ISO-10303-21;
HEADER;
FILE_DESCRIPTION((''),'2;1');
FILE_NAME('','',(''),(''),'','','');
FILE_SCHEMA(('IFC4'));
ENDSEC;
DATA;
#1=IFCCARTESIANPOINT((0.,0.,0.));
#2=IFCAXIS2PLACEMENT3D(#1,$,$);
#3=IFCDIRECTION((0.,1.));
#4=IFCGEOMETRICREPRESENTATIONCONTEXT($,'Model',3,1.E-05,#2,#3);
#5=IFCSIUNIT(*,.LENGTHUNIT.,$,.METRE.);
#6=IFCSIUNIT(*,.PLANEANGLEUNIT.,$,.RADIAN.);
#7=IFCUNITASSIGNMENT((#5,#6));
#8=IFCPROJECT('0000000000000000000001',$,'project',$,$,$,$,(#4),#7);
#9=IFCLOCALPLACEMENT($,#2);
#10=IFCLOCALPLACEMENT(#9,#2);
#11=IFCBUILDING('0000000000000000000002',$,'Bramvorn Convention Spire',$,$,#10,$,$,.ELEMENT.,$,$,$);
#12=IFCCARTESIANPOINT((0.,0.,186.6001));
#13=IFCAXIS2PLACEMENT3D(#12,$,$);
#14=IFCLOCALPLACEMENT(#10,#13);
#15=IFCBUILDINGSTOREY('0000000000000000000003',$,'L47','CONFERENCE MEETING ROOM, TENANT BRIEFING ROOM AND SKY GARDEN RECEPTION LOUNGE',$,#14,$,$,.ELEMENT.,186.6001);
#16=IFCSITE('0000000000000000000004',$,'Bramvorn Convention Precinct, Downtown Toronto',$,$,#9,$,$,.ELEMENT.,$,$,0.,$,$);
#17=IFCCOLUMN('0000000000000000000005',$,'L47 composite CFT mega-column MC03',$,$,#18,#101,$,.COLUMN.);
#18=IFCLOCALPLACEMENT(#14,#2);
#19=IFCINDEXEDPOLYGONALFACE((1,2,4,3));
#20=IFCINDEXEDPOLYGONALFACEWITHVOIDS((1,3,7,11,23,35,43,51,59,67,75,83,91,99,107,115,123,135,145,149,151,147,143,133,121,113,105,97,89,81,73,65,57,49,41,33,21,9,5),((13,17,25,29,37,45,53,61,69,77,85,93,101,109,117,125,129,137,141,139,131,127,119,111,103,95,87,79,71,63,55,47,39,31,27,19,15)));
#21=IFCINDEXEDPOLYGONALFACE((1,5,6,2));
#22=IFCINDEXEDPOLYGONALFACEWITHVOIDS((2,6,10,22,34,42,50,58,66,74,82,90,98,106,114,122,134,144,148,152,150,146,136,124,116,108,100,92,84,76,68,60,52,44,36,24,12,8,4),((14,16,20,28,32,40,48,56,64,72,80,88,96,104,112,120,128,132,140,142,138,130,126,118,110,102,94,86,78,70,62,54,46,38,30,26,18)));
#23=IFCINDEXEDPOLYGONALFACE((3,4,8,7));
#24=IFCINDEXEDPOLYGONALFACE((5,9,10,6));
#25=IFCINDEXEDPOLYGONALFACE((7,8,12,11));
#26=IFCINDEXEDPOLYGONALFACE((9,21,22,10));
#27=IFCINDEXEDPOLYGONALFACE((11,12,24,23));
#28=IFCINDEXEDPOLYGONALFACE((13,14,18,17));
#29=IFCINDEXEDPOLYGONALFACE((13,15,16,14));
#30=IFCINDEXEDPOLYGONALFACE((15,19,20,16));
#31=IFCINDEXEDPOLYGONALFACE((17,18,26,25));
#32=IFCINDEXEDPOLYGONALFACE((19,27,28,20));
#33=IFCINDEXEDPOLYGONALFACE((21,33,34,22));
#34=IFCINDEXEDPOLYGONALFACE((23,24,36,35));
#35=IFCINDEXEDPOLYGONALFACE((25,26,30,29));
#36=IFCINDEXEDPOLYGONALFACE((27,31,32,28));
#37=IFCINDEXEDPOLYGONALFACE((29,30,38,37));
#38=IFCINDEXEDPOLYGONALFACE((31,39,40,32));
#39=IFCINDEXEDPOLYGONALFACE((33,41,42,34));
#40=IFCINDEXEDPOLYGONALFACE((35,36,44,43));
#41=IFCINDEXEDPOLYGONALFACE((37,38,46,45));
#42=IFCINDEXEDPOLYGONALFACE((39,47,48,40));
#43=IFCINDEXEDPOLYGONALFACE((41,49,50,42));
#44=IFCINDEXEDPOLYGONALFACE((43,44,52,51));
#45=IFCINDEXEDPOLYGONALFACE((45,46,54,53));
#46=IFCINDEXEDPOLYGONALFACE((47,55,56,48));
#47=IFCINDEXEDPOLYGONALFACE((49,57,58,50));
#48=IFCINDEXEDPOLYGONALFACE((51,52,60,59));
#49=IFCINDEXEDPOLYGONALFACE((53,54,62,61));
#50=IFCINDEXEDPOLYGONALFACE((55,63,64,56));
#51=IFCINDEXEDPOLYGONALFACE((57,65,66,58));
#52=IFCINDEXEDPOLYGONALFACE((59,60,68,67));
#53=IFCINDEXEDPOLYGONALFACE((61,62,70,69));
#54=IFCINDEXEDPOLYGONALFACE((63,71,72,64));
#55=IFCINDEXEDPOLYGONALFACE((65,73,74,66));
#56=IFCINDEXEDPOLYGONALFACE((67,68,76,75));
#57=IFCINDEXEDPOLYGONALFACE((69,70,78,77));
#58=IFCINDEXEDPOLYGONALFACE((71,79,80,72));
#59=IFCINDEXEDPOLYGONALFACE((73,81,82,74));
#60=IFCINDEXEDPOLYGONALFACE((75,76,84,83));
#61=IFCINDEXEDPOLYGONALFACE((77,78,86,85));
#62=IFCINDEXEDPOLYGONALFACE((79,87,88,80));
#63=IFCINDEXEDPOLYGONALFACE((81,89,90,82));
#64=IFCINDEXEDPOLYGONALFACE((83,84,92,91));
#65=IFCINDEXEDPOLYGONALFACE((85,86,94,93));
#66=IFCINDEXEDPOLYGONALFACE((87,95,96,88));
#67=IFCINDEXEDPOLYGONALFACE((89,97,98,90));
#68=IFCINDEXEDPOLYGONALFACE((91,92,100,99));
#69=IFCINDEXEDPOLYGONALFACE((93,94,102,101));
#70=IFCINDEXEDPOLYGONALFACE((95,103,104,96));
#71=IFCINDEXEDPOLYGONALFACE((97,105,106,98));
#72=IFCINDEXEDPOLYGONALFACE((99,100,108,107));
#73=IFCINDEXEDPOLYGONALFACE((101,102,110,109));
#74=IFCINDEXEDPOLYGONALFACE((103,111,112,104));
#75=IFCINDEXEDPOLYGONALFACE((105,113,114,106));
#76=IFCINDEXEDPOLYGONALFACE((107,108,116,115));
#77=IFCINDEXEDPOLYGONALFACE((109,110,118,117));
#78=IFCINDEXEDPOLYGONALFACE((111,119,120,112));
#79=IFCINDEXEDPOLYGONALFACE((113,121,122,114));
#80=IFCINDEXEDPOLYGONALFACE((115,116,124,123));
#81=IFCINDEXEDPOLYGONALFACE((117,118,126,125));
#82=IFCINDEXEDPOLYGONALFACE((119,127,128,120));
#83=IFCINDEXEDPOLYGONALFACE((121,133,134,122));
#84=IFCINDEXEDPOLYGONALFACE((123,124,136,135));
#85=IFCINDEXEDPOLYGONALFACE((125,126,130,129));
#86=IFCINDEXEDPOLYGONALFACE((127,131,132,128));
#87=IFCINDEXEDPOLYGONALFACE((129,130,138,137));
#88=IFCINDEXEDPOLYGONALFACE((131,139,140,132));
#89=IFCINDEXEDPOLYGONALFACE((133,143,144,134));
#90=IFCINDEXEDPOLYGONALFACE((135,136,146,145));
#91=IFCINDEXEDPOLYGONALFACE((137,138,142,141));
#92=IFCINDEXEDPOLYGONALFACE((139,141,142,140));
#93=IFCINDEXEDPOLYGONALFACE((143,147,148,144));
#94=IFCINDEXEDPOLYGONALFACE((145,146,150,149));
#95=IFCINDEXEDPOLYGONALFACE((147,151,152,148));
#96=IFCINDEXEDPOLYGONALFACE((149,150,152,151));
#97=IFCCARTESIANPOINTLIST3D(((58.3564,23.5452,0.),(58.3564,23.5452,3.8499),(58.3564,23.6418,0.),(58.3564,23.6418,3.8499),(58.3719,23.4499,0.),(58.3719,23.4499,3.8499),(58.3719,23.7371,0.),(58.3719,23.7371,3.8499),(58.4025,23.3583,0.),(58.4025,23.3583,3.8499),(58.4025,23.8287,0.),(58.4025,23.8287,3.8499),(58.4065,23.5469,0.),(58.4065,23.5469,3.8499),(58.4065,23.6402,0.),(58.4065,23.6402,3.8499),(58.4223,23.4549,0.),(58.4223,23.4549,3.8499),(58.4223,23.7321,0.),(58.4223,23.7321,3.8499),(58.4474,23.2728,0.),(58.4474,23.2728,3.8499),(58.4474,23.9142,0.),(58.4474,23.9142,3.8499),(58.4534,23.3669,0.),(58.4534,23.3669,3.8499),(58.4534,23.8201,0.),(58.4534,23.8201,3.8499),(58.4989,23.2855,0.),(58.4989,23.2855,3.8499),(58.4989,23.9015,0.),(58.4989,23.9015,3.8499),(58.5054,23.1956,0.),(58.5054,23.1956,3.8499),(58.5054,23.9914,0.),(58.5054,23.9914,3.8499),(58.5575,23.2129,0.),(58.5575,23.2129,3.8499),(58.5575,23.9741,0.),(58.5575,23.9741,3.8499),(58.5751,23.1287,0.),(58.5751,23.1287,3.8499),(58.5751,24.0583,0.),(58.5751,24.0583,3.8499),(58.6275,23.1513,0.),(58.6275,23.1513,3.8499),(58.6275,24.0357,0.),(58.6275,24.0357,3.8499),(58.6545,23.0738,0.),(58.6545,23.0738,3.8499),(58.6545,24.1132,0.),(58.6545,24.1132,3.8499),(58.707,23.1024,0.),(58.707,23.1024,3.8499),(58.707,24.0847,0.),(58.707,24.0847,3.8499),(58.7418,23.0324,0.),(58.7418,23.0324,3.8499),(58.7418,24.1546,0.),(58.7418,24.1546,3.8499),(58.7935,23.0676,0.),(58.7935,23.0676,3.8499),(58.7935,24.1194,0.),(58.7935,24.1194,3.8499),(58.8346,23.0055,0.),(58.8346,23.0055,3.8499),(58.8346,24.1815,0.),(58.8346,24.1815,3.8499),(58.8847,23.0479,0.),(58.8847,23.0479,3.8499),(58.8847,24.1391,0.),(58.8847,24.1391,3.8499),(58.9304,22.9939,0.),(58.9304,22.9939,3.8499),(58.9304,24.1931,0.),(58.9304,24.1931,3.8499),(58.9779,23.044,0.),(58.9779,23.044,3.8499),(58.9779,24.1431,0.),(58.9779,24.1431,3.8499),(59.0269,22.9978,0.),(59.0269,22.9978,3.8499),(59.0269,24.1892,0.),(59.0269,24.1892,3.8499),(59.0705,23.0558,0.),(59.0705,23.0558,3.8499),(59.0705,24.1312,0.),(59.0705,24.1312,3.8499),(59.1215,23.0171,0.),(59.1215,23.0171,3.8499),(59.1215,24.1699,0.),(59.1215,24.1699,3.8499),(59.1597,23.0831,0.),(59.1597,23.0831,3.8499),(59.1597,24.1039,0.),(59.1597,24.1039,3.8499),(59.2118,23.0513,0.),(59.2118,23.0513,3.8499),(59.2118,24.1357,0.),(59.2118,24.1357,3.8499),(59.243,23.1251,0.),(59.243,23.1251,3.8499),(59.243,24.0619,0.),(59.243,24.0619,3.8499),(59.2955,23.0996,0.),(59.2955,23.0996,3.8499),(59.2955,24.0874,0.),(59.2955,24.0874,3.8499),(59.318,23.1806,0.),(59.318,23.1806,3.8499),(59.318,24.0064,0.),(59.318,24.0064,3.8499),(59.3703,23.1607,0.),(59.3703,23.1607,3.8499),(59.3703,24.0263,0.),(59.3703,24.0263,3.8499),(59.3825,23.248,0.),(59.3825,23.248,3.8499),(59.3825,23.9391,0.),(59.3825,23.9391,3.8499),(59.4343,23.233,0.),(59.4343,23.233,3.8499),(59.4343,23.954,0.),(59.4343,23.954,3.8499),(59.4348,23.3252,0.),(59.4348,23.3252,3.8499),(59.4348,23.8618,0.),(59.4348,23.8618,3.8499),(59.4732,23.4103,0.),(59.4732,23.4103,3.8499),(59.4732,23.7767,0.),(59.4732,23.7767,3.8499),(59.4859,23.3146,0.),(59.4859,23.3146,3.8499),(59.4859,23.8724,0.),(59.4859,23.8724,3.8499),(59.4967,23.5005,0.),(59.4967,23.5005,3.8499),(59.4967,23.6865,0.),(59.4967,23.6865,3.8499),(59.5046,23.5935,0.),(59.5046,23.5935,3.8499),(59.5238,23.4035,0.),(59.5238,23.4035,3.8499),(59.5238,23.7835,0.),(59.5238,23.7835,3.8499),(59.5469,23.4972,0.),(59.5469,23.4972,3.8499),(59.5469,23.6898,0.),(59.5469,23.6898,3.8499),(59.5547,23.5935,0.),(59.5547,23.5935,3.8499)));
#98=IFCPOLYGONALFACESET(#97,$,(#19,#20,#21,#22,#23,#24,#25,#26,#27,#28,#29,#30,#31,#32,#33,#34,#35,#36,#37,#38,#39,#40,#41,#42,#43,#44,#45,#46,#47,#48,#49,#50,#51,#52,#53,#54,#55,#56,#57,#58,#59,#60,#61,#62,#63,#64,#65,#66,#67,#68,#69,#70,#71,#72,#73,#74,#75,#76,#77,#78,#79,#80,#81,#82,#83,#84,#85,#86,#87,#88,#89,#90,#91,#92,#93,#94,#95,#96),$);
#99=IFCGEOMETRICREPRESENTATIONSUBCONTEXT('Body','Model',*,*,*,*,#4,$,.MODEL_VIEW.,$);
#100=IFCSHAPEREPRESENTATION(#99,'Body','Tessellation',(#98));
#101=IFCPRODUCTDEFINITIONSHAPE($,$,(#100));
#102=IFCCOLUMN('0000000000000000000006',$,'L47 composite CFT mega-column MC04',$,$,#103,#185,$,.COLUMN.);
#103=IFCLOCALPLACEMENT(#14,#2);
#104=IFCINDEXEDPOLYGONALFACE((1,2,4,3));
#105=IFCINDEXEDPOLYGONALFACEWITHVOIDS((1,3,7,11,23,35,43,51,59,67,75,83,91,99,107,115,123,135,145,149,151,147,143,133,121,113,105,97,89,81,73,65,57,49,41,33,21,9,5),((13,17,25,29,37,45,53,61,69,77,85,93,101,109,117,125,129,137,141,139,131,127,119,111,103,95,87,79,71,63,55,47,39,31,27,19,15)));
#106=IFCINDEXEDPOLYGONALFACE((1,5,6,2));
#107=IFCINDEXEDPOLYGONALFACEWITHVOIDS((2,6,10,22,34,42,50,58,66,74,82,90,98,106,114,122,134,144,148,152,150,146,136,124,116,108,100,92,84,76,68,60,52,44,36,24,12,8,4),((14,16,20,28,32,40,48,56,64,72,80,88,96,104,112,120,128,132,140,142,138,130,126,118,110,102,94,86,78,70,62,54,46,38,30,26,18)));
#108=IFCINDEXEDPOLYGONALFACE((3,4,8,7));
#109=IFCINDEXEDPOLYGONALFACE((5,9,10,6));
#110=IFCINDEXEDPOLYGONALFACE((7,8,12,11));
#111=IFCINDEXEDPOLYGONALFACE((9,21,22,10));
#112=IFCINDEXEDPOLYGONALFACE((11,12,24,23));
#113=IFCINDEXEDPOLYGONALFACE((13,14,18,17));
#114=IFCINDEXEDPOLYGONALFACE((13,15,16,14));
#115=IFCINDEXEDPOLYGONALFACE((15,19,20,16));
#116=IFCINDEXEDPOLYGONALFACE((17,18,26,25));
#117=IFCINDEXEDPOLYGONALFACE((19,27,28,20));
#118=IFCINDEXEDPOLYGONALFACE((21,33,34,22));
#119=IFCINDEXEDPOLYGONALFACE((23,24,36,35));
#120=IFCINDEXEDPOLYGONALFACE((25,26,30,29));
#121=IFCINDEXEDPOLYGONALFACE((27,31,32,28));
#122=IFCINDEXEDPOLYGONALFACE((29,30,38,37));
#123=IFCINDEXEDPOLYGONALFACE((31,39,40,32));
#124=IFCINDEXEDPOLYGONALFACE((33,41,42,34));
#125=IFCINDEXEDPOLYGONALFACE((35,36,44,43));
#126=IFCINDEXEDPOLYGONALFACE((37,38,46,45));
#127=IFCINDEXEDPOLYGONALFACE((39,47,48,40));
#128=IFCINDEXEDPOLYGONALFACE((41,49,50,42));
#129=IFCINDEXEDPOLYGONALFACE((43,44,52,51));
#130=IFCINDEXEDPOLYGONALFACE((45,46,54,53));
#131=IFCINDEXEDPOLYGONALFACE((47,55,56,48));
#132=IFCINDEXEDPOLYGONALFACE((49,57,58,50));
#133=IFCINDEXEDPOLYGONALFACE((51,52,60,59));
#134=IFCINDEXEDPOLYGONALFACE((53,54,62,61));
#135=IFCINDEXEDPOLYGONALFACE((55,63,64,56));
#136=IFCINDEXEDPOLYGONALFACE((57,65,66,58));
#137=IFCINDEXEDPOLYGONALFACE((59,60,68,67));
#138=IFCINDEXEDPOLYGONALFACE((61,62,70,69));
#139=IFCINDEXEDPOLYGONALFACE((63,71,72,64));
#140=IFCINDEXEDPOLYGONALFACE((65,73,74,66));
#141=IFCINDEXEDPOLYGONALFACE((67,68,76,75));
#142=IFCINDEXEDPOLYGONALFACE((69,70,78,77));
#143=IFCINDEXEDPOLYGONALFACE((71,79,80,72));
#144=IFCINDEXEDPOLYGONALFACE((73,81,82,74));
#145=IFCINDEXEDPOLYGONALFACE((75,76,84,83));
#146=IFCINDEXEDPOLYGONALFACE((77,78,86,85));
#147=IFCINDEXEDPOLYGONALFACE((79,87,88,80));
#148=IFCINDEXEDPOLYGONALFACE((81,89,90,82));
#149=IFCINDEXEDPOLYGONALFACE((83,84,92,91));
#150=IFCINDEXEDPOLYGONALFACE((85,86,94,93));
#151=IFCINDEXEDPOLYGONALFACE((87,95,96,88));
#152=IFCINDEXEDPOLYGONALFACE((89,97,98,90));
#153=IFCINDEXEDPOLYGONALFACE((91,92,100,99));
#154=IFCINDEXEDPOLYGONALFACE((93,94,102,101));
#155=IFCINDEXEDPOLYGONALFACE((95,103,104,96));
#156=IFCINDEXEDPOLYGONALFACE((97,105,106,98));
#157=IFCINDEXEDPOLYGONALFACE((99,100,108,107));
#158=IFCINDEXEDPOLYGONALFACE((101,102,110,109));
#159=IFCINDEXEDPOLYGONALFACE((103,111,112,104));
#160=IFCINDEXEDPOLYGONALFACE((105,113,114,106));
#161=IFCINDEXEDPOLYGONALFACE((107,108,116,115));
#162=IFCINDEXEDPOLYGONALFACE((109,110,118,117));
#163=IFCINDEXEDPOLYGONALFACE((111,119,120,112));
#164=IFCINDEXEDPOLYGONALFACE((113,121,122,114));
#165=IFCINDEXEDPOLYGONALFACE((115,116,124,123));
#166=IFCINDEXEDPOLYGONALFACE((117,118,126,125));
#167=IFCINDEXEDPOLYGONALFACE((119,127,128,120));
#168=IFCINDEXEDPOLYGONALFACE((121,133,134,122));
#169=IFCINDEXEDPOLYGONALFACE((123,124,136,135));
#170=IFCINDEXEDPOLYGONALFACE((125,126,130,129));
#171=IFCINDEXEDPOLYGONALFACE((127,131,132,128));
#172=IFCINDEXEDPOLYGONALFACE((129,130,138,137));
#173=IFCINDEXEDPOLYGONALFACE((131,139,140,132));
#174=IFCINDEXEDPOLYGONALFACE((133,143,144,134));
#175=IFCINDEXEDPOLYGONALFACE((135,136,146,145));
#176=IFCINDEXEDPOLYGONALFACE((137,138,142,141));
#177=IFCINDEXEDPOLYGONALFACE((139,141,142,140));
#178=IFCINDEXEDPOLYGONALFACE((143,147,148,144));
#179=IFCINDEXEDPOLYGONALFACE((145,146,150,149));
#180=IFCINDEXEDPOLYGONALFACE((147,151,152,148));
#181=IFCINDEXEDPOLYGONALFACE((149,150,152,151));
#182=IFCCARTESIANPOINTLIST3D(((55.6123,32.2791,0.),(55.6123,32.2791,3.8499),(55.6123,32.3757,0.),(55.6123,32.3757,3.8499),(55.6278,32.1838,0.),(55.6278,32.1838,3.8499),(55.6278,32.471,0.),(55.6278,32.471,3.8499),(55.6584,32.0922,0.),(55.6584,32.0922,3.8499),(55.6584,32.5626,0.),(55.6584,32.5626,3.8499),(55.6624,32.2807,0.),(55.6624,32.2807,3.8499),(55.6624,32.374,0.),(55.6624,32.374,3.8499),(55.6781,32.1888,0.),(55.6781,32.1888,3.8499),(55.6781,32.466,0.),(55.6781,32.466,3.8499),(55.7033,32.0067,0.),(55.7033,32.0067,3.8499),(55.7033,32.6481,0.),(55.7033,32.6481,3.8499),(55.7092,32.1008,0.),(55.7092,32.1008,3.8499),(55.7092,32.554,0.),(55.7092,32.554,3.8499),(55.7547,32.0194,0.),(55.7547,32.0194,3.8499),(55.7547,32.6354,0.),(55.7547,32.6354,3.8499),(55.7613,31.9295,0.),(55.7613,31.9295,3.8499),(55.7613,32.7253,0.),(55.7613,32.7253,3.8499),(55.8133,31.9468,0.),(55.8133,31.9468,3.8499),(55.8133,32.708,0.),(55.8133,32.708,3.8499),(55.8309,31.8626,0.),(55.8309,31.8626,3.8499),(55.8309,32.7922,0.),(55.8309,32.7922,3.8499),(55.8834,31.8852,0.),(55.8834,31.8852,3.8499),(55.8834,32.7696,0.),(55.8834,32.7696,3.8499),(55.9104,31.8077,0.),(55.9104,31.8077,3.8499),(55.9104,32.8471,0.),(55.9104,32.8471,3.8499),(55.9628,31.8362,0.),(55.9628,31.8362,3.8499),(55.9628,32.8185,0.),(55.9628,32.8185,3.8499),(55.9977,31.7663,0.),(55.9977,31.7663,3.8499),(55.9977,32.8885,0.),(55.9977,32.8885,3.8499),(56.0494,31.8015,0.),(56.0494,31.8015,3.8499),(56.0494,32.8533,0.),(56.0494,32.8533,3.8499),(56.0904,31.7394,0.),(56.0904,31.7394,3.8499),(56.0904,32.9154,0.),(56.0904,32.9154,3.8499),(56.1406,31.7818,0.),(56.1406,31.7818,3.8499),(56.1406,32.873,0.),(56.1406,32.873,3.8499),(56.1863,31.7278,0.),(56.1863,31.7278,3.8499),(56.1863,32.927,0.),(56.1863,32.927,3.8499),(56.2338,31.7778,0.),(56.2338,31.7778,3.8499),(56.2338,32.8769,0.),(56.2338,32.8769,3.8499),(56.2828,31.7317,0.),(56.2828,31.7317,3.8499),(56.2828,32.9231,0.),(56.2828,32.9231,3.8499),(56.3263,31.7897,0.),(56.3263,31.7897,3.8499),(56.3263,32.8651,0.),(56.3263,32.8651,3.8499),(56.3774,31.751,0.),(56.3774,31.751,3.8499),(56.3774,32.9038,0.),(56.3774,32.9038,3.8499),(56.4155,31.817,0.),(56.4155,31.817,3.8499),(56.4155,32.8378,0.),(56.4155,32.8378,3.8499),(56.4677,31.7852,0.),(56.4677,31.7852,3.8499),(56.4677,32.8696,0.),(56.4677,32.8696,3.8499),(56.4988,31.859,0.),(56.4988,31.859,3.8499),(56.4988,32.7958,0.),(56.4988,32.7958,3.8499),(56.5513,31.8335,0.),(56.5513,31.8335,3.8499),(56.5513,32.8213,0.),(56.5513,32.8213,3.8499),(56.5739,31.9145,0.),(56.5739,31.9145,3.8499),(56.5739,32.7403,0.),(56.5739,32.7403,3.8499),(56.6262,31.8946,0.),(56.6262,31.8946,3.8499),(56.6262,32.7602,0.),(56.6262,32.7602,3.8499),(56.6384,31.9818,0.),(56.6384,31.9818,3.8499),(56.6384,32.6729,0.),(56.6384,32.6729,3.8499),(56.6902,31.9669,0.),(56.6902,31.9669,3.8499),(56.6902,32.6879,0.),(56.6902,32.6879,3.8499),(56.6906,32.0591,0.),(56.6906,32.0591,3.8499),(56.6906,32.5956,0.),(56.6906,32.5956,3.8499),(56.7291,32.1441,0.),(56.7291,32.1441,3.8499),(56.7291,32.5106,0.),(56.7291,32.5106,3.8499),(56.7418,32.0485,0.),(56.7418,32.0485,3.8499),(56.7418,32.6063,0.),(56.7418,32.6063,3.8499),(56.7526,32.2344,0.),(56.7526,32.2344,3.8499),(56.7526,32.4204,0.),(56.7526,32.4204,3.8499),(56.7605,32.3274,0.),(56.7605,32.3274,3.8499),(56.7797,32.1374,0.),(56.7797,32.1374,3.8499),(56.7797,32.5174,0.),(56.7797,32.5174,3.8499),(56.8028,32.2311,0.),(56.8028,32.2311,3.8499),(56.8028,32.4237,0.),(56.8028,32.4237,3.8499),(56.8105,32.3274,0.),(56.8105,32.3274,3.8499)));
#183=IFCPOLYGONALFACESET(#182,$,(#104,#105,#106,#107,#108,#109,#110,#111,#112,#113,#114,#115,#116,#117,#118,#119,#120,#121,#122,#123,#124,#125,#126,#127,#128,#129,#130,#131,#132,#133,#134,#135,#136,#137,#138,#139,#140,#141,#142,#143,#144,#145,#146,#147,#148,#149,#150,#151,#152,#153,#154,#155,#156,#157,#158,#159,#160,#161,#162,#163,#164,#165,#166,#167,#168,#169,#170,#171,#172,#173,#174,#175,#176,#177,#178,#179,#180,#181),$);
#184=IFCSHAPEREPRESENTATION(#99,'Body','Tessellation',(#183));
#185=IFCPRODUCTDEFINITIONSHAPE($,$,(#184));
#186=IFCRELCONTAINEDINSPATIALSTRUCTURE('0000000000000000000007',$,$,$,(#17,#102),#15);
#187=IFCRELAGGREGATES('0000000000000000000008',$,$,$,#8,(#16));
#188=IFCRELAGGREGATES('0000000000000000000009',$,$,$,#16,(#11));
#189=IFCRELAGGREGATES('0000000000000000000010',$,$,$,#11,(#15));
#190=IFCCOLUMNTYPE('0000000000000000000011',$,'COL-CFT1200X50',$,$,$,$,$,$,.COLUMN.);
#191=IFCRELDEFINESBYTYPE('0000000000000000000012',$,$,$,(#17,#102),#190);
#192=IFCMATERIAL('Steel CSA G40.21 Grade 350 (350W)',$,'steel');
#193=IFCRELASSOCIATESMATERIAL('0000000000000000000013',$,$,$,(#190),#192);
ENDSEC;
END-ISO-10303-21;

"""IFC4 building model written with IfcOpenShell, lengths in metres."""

from ifc_helpers import new_model, si_unit, direction, frame, origin, origin_2d, place, context, subcontext, project, spatial, hollow_circle, extrude, material, material_profile, profile_set, type_object, element, save


model = new_model("IFC4")

# Units and contexts
model_context = context("Model", 3, precision=1e-05, world=origin(), true_north=direction((0.0, 1.0)))
body_context = subcontext(model_context, "Body", "Model", "MODEL_VIEW")
ifc_project = project(units=[si_unit("LENGTHUNIT", "METRE"), si_unit("PLANEANGLEUNIT", "RADIAN")], contexts=[model_context])

# Site, building, storey
site_placement = place(None, origin())
site = spatial("IfcSite", under=ifc_project, at=site_placement, Name="Bramvorn Convention Precinct, Downtown Toronto", CompositionType="ELEMENT", RefElevation=0.0)
building_placement = place(site_placement, origin())
building = spatial("IfcBuilding", under=site, at=building_placement, Name="Bramvorn Convention Spire", CompositionType="ELEMENT")
storey_placement = place(building_placement, frame((0.0, 0.0, 186.6001)))
storey = spatial("IfcBuildingStorey", under=building, at=storey_placement, Name="L47", Description="CONFERENCE MEETING ROOM, TENANT BRIEFING ROOM AND SKY GARDEN RECEPTION LOUNGE", CompositionType="ELEMENT", Elevation=186.6001)

# Columns
ifc_material_1 = material(Name="Steel CSA G40.21 Grade 350 (350W)", Category="steel")
ifc_material_profile_1 = material_profile(ifc_material_1, hollow_circle(Radius=0.6001, WallThickness=0.05, at=origin_2d()))
ifc_profile_set_1 = profile_set([ifc_material_profile_1], Name="Steel CSA G40.21 Grade 350 (350W) - CFT1200X50")
column_type = type_object("IfcColumnType", Name="COL-CFT1200X50", PredefinedType="COLUMN", material=ifc_profile_set_1)
for number, where, z_axis, x_axis, name in (
    (1, (58.9546, 23.5935, 0.0), (0.0, 0.0, 1.0), (1.0, 0.0, 0.0), "L47 composite CFT mega-column MC03"),
    (2, (56.2104, 32.3274, 0.0), (0.0, 0.0, 1.0), (1.0, 0.0, 0.0), "L47 composite CFT mega-column MC04"),
):
    element("IfcColumn", number, at=place(storey_placement, frame(where, z_axis=z_axis, x_axis=x_axis)), inside=storey, type_object=column_type, Name=name, PredefinedType="COLUMN", context=body_context, shape_type="SweptSolid", body=[
        extrude(hollow_circle(Radius=0.6001, WallThickness=0.05, at=origin_2d()), origin(), (0.0, 0.0, 1.0), 3.8499),
    ])

save(model, "model.ifc")
